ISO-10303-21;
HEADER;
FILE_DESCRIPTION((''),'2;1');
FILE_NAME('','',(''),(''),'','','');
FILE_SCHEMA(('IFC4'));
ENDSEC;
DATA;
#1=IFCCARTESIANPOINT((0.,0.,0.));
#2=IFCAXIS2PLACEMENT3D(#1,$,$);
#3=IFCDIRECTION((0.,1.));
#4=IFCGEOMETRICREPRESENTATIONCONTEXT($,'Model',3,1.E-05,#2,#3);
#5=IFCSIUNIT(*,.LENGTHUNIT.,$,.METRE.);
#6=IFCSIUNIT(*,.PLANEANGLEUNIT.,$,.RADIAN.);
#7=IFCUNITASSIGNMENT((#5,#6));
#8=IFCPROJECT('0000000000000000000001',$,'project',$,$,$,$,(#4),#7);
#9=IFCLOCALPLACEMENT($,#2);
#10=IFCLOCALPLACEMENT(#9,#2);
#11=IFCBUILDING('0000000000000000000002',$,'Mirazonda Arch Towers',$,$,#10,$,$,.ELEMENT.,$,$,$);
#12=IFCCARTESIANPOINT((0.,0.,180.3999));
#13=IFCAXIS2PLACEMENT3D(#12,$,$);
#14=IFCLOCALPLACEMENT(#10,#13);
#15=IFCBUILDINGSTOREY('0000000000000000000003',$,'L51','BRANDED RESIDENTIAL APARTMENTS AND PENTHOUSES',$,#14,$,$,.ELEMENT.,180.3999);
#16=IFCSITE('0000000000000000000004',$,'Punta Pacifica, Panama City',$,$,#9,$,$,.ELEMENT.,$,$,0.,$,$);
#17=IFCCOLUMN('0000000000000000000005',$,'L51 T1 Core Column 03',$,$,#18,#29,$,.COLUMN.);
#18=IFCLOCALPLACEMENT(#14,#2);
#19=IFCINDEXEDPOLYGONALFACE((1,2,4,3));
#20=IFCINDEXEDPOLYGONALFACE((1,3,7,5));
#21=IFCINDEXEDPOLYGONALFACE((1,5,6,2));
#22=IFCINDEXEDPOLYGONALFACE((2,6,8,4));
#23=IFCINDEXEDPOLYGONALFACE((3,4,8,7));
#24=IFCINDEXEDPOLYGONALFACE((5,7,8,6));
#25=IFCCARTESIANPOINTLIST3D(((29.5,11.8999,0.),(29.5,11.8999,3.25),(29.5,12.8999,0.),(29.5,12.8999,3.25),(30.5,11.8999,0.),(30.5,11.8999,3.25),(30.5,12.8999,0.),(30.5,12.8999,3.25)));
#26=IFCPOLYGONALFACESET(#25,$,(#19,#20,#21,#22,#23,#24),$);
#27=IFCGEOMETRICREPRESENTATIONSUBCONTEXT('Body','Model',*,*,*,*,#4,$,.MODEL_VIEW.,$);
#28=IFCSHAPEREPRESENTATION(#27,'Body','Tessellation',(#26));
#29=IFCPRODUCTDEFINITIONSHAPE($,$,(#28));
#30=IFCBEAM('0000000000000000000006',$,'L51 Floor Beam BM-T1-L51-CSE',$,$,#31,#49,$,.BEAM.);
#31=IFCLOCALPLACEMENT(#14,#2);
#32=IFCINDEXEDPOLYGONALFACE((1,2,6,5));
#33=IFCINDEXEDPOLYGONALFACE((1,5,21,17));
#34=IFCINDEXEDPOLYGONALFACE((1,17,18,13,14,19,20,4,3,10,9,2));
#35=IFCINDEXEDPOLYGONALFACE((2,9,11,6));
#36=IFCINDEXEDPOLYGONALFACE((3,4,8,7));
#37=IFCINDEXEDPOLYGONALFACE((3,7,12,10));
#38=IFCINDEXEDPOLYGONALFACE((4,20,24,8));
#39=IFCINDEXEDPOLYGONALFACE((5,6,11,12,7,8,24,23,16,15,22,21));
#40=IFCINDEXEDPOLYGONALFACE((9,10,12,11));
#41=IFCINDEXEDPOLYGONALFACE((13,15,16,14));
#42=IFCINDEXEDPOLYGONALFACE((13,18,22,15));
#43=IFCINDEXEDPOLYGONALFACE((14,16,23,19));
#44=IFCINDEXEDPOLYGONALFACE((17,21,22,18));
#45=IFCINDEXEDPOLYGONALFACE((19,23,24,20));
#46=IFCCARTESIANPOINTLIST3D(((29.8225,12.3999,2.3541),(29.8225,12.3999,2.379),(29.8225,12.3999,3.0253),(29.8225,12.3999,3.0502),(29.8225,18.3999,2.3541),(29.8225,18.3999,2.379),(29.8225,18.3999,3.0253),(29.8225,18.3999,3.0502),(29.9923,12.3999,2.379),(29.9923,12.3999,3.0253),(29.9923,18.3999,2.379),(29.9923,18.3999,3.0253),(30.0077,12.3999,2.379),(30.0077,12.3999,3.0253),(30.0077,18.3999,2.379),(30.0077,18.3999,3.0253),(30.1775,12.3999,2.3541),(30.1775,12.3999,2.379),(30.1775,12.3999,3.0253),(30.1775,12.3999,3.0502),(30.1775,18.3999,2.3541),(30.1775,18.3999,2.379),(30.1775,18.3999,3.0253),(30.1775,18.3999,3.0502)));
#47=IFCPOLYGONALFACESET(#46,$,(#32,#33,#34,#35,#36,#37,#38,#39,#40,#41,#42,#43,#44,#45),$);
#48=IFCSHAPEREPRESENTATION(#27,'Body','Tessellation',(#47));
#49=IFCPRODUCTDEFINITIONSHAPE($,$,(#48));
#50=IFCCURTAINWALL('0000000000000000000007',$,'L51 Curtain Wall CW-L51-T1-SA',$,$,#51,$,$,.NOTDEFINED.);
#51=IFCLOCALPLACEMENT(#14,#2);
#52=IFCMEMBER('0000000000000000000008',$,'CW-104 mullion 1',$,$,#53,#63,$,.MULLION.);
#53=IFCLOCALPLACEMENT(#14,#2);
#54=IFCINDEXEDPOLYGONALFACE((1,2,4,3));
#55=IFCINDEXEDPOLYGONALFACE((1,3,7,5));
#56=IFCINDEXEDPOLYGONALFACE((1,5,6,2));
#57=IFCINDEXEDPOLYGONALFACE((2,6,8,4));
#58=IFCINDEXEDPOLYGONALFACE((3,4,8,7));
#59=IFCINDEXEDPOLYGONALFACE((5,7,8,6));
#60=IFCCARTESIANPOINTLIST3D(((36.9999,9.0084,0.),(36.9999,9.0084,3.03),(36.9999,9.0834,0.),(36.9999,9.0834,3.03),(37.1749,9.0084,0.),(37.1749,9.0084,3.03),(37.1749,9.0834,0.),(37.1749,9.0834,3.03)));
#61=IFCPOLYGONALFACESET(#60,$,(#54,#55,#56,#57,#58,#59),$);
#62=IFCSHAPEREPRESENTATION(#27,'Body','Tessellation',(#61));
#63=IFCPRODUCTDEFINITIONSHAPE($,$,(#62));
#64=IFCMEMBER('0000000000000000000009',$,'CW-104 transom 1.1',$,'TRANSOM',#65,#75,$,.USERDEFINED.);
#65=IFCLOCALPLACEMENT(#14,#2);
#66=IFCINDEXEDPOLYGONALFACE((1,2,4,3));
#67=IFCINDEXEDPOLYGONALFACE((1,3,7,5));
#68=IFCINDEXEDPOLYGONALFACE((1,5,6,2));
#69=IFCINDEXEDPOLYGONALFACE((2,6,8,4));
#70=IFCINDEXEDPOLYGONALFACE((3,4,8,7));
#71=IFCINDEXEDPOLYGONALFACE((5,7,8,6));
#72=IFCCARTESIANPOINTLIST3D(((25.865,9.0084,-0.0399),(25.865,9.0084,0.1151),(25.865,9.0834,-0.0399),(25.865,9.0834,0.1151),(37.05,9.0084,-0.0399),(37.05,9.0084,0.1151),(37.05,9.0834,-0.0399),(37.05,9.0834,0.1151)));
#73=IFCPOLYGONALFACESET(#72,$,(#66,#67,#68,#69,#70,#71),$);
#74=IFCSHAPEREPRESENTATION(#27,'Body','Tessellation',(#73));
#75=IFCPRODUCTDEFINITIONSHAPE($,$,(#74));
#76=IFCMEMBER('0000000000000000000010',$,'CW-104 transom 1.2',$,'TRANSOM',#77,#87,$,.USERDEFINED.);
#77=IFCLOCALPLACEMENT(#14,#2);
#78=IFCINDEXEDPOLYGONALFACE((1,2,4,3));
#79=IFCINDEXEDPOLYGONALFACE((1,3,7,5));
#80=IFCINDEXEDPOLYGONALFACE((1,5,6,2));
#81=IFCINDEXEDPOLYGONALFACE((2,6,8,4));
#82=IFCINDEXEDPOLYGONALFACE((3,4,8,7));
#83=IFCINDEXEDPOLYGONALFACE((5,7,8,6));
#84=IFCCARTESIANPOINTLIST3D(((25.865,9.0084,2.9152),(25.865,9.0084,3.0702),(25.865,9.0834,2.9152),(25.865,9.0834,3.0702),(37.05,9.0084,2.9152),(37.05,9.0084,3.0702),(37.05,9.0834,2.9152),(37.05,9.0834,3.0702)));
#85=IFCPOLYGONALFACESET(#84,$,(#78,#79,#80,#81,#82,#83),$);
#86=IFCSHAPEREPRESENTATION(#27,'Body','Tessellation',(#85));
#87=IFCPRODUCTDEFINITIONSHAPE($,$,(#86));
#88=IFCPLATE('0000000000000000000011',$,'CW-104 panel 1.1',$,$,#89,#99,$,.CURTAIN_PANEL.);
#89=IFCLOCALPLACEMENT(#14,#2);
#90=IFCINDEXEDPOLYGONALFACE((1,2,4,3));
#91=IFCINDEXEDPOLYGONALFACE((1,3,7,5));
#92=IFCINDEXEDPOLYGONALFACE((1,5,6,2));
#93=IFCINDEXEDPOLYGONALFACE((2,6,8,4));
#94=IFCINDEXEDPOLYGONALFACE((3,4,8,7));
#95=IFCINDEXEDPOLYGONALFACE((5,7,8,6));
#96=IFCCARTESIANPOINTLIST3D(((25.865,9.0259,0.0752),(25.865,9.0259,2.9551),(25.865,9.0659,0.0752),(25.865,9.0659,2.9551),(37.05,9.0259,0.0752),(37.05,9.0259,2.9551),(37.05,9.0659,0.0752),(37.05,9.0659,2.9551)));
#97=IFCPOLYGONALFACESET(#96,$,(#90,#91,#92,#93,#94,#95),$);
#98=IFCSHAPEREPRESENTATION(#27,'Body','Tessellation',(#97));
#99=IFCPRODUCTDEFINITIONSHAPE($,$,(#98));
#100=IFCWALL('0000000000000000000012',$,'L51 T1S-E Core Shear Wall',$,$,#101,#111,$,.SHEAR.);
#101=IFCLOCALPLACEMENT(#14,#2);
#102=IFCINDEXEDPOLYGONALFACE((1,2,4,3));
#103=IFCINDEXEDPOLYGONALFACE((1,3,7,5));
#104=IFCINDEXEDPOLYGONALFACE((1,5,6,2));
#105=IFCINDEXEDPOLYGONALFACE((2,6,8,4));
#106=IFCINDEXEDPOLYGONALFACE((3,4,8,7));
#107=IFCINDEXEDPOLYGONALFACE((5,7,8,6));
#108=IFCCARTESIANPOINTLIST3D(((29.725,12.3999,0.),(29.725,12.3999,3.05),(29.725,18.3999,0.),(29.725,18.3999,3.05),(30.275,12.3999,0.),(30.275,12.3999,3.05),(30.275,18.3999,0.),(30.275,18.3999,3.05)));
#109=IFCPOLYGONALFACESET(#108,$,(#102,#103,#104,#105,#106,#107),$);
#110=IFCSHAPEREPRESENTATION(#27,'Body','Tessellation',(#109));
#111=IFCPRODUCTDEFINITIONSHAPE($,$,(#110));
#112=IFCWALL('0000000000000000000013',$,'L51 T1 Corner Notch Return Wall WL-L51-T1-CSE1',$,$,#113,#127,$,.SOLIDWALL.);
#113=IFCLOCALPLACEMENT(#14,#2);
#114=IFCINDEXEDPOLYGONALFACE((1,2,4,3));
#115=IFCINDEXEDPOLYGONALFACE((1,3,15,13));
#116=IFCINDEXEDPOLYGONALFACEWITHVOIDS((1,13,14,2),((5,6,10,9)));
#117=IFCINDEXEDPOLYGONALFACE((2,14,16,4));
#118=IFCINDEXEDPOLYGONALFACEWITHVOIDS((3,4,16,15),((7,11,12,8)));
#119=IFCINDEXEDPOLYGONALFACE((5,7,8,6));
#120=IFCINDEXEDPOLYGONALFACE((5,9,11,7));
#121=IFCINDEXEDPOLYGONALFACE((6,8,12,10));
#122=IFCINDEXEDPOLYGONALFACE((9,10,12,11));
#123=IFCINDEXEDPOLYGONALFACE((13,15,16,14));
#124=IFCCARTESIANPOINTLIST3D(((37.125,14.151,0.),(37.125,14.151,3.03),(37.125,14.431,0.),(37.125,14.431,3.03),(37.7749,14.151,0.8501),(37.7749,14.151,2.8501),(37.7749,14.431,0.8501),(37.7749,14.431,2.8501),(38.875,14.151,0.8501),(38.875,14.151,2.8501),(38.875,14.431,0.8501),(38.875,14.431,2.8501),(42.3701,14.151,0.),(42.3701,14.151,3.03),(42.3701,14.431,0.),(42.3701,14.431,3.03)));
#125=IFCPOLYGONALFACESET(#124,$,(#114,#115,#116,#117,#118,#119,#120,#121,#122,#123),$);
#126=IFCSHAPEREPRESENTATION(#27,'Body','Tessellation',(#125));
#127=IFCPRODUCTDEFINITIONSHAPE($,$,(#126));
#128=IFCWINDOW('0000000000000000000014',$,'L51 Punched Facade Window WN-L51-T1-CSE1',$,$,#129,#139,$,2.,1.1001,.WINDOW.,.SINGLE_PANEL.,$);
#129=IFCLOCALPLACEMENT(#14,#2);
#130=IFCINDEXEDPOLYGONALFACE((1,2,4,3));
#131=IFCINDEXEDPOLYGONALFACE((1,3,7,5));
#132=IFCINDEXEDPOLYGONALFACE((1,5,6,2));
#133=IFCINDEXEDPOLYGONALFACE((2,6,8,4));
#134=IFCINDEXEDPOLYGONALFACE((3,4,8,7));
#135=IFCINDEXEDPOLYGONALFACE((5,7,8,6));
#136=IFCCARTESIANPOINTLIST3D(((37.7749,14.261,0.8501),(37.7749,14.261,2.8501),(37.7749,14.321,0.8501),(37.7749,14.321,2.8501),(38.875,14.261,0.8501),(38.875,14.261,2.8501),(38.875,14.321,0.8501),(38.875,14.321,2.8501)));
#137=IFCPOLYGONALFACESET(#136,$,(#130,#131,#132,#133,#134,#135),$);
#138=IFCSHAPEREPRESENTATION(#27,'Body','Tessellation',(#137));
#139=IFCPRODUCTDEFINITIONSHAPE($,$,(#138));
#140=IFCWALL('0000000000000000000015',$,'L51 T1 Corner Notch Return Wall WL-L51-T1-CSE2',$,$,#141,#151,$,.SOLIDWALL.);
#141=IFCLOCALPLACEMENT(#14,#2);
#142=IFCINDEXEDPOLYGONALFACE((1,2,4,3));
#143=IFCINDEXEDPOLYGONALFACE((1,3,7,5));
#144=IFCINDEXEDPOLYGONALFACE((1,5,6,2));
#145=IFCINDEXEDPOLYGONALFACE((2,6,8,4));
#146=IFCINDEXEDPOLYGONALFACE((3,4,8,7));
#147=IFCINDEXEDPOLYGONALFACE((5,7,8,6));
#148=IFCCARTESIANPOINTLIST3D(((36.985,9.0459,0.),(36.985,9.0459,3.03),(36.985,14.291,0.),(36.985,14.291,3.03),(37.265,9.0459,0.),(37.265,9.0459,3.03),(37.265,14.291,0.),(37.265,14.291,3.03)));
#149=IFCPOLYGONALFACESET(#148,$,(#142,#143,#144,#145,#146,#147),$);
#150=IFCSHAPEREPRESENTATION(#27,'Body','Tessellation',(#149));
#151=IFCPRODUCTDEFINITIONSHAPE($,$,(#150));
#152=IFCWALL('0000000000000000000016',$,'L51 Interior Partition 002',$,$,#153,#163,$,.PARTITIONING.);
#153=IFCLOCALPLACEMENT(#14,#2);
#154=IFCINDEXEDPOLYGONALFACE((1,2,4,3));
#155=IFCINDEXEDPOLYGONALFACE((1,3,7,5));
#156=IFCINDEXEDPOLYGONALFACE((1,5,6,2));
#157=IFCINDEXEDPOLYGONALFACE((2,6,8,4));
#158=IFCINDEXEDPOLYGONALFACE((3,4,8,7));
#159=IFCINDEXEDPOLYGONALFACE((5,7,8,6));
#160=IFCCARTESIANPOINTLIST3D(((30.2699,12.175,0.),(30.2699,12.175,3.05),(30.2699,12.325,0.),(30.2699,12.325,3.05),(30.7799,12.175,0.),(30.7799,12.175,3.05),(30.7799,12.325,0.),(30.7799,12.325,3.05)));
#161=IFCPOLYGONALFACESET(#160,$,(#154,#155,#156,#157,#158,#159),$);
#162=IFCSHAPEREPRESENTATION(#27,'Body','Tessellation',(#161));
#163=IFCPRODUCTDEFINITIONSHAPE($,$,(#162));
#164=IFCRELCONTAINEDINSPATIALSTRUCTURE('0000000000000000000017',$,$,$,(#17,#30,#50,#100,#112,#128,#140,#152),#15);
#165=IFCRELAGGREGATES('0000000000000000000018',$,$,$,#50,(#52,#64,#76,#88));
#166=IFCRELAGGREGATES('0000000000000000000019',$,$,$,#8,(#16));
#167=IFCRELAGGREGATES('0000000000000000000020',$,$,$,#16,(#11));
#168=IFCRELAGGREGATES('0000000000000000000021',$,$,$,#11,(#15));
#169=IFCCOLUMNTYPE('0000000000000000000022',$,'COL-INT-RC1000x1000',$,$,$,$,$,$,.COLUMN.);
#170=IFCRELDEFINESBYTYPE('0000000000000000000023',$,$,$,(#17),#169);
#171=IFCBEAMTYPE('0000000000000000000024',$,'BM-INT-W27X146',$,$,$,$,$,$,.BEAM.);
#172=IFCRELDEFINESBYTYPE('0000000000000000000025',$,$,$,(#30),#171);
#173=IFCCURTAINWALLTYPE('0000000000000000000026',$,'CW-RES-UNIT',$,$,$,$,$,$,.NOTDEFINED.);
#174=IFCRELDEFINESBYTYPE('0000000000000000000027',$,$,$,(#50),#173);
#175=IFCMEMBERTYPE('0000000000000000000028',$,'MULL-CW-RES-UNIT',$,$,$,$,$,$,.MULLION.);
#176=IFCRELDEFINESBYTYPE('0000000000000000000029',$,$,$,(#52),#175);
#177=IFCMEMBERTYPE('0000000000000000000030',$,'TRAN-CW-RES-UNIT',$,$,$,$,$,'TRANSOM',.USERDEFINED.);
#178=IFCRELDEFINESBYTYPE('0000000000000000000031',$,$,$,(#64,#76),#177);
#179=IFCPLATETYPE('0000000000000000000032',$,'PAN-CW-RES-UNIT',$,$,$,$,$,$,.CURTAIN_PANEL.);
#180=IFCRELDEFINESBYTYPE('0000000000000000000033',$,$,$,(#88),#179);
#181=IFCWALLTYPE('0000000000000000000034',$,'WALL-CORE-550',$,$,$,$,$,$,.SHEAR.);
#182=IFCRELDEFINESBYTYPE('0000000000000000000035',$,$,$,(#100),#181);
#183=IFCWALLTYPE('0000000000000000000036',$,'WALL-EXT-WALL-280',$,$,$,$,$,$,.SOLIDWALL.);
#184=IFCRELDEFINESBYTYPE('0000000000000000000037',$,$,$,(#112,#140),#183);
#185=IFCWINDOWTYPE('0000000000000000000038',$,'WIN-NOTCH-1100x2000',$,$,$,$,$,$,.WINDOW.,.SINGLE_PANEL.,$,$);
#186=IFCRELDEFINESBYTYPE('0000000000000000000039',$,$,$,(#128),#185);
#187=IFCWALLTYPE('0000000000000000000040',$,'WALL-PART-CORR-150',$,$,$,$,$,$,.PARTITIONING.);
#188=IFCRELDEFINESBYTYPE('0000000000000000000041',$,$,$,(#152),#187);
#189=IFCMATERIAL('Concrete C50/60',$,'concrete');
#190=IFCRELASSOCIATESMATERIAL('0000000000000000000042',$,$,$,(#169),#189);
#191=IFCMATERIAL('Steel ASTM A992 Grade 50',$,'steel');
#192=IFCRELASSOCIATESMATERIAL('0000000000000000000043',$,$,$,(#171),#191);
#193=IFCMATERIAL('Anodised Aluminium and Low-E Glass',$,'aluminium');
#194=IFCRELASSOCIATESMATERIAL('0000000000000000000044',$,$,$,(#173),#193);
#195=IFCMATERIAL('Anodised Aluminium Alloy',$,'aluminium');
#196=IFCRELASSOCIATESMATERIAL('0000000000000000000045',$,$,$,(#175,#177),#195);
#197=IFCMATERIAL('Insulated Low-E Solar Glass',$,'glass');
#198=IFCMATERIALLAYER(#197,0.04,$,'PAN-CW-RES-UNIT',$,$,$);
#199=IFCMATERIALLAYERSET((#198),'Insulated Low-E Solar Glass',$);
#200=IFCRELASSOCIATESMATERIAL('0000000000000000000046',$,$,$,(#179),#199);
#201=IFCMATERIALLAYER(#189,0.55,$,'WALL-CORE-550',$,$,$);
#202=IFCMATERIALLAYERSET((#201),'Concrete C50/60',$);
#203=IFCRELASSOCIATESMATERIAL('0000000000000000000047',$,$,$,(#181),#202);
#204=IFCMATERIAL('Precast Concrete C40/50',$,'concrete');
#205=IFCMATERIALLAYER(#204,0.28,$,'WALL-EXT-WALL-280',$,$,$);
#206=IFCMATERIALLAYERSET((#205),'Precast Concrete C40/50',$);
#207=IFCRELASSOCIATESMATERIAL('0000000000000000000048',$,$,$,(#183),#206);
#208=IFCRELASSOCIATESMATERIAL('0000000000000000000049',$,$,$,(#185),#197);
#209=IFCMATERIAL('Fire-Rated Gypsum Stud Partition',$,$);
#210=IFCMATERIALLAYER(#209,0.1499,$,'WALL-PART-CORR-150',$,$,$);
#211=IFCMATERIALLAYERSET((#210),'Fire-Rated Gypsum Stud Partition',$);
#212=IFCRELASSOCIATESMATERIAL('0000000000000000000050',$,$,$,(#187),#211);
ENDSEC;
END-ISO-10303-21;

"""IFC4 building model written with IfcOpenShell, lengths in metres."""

from ifc_helpers import new_model, si_unit, direction, frame, frame_2d, origin, origin_2d, place, context, subcontext, project, spatial, rectangle, i_section, extrude, material, layer, layer_set, material_profile, profile_set, type_object, element, fill, aggregate, save


model = new_model("IFC4")

# Units and contexts
model_context = context("Model", 3, precision=1e-05, world=origin(), true_north=direction((0.0, 1.0)))
body_context = subcontext(model_context, "Body", "Model", "MODEL_VIEW")
ifc_project = project(units=[si_unit("LENGTHUNIT", "METRE"), si_unit("PLANEANGLEUNIT", "RADIAN")], contexts=[model_context])

# Site, building, storey
site_placement = place(None, origin())
site = spatial("IfcSite", under=ifc_project, at=site_placement, Name="Punta Pacifica, Panama City", CompositionType="ELEMENT", RefElevation=0.0)
building_placement = place(site_placement, origin())
building = spatial("IfcBuilding", under=site, at=building_placement, Name="Mirazonda Arch Towers", CompositionType="ELEMENT")
storey_placement = place(building_placement, frame((0.0, 0.0, 180.3999)))
storey = spatial("IfcBuildingStorey", under=building, at=storey_placement, Name="L51", Description="BRANDED RESIDENTIAL APARTMENTS AND PENTHOUSES", CompositionType="ELEMENT", Elevation=180.3999)

# Column
ifc_material_1 = material(Name="Concrete C50/60", Category="concrete")
ifc_material_profile_1 = material_profile(ifc_material_1, rectangle(XDim=1.0, YDim=1.0, at=origin_2d()), Name="RC1000x1000")
ifc_profile_set_1 = profile_set([ifc_material_profile_1], Name="Concrete C50/60")
column_type = type_object("IfcColumnType", Name="COL-INT-RC1000x1000", PredefinedType="COLUMN", material=ifc_profile_set_1)
column_placement = place(storey_placement, frame((30.0, 12.3999, 0.0), z_axis=(0.0, 0.0, 1.0), x_axis=(1.0, 0.0, 0.0)))
element("IfcColumn", 1, at=column_placement, inside=storey, type_object=column_type, Name="L51 T1 Core Column 03", PredefinedType="COLUMN", context=body_context, shape_type="SweptSolid", body=[
    extrude(rectangle(XDim=1.0, YDim=1.0, at=origin_2d()), origin(), (0.0, 0.0, 1.0), 3.25),
])

# Beam
ifc_material_2 = material(Name="Steel ASTM A992 Grade 50", Category="steel")
ifc_material_profile_2 = material_profile(ifc_material_2, i_section(OverallWidth=0.355, OverallDepth=0.696, WebThickness=0.0154, FlangeThickness=0.0249, at=origin_2d()), Name="W27X146")
ifc_profile_set_2 = profile_set([ifc_material_profile_2], Name="Steel ASTM A992 Grade 50")
beam_type = type_object("IfcBeamType", Name="BM-INT-W27X146", PredefinedType="BEAM", material=ifc_profile_set_2)
beam_placement = place(storey_placement, frame((30.0, 12.3999, 2.7021), z_axis=(0.0, 1.0, 0.0), x_axis=(-1.0, 0.0, 0.0)))
element("IfcBeam", 2, at=beam_placement, inside=storey, type_object=beam_type, Name="L51 Floor Beam BM-T1-L51-CSE", PredefinedType="BEAM", context=body_context, shape_type="SweptSolid", body=[
    extrude(i_section(OverallWidth=0.355, OverallDepth=0.696, WebThickness=0.0154, FlangeThickness=0.0249, at=origin_2d()), origin(), (0.0, 0.0, 1.0), 6.0),
])

# Curtain wall, members, plate
ifc_material_3 = material(Name="Anodised Aluminium and Low-E Glass", Category="aluminium")
curtain_wall_type = type_object("IfcCurtainWallType", Name="CW-RES-UNIT", PredefinedType="NOTDEFINED", material=ifc_material_3)
curtain_wall_placement = place(storey_placement, origin())
curtain_wall = element("IfcCurtainWall", 3, at=curtain_wall_placement, inside=storey, type_object=curtain_wall_type, Name="L51 Curtain Wall CW-L51-T1-SA", PredefinedType="NOTDEFINED")
ifc_material_4 = material(Name="Anodised Aluminium Alloy", Category="aluminium")
ifc_material_profile_3 = material_profile(ifc_material_4, rectangle(XDim=0.075, YDim=0.175, at=origin_2d()), Name="ALU-MULL-75x175")
ifc_profile_set_3 = profile_set([ifc_material_profile_3], Name="Anodised Aluminium Alloy")
member_type_1 = type_object("IfcMemberType", Name="MULL-CW-RES-UNIT", PredefinedType="MULLION", material=ifc_profile_set_3)
member_1_placement = place(storey_placement, frame((37.0874, 9.0459, 0.0), z_axis=(0.0, 0.0, 1.0), x_axis=(0.0, -1.0, 0.0)))
member_1 = element("IfcMember", 4, at=member_1_placement, type_object=member_type_1, Name="CW-104 mullion 1", PredefinedType="MULLION", context=body_context, shape_type="SweptSolid", body=[
    extrude(rectangle(XDim=0.075, YDim=0.175, at=origin_2d()), origin(), (0.0, 0.0, 1.0), 3.03),
])
ifc_material_profile_4 = material_profile(ifc_material_4, rectangle(XDim=0.075, YDim=0.155, at=origin_2d()), Name="ALU-TRAN-75x155")
ifc_profile_set_4 = profile_set([ifc_material_profile_4], Name="Anodised Aluminium Alloy")
member_type_2 = type_object("IfcMemberType", Name="TRAN-CW-RES-UNIT", ElementType="TRANSOM", PredefinedType="USERDEFINED", material=ifc_profile_set_4)
member_2_placement = place(storey_placement, frame((37.05, 9.0459, 0.0376), z_axis=(-1.0, 0.0, 0.0), x_axis=(0.0, -1.0, 0.0)))
member_2 = element("IfcMember", 5, at=member_2_placement, type_object=member_type_2, Name="CW-104 transom 1.1", ObjectType="TRANSOM", PredefinedType="USERDEFINED", context=body_context, shape_type="SweptSolid", body=[
    extrude(rectangle(XDim=0.075, YDim=0.155, at=origin_2d()), origin(), (0.0, 0.0, 1.0), 11.1851),
])
member_3_placement = place(storey_placement, frame((37.05, 9.0459, 2.9927), z_axis=(-1.0, 0.0, 0.0), x_axis=(0.0, -1.0, 0.0)))
member_3 = element("IfcMember", 6, at=member_3_placement, type_object=member_type_2, Name="CW-104 transom 1.2", ObjectType="TRANSOM", PredefinedType="USERDEFINED", context=body_context, shape_type="SweptSolid", body=[
    extrude(rectangle(XDim=0.075, YDim=0.155, at=origin_2d()), origin(), (0.0, 0.0, 1.0), 11.1851),
])
ifc_material_5 = material(Name="Insulated Low-E Solar Glass", Category="glass")
ifc_layer_1 = layer(ifc_material_5, 0.04, Name="PAN-CW-RES-UNIT")
ifc_layer_set_1 = layer_set([ifc_layer_1], Name="Insulated Low-E Solar Glass")
plate_type = type_object("IfcPlateType", Name="PAN-CW-RES-UNIT", PredefinedType="CURTAIN_PANEL", material=ifc_layer_set_1)
plate_placement = place(storey_placement, frame((31.4575, 9.0459, 0.0752), z_axis=(0.0, 0.0, 1.0), x_axis=(-1.0, 0.0, 0.0)))
plate = element("IfcPlate", 7, at=plate_placement, type_object=plate_type, Name="CW-104 panel 1.1", PredefinedType="CURTAIN_PANEL", context=body_context, shape_type="SweptSolid", body=[
    extrude(rectangle(XDim=11.1851, YDim=0.04, at=origin_2d()), origin(), (0.0, 0.0, 1.0), 2.8799),
])
aggregate(curtain_wall, [member_1, member_2, member_3, plate])

# Wall
ifc_layer_2 = layer(ifc_material_1, 0.55, Name="WALL-CORE-550")
ifc_layer_set_2 = layer_set([ifc_layer_2], Name="Concrete C50/60")
wall_type_1 = type_object("IfcWallType", Name="WALL-CORE-550", PredefinedType="SHEAR", material=ifc_layer_set_2)
wall_1_placement = place(storey_placement, frame((30.0, 12.3999, 0.0), z_axis=(0.0, 0.0, 1.0), x_axis=(0.0, 1.0, 0.0)))
element("IfcWall", 8, at=wall_1_placement, inside=storey, type_object=wall_type_1, Name="L51 T1S-E Core Shear Wall", PredefinedType="SHEAR", context=body_context, shape_type="SweptSolid", body=[
    extrude(rectangle(XDim=6.0, YDim=0.55, at=frame_2d((3.0, 0.0))), origin(), (0.0, 0.0, 1.0), 3.05),
])

# Wall, opening, window
ifc_material_6 = material(Name="Precast Concrete C40/50", Category="concrete")
ifc_layer_3 = layer(ifc_material_6, 0.28, Name="WALL-EXT-WALL-280")
ifc_layer_set_3 = layer_set([ifc_layer_3], Name="Precast Concrete C40/50")
wall_type_2 = type_object("IfcWallType", Name="WALL-EXT-WALL-280", PredefinedType="SOLIDWALL", material=ifc_layer_set_3)
wall_2_placement = place(storey_placement, frame((37.125, 14.291, 0.0), z_axis=(0.0, 0.0, 1.0), x_axis=(1.0, 0.0, 0.0)))
wall_2 = element("IfcWall", 9, at=wall_2_placement, inside=storey, type_object=wall_type_2, Name="L51 T1 Corner Notch Return Wall WL-L51-T1-CSE1", PredefinedType="SOLIDWALL", context=body_context, shape_type="SweptSolid", body=[
    extrude(rectangle(XDim=5.2451, YDim=0.28, at=frame_2d((2.6226, 0.0))), origin(), (0.0, 0.0, 1.0), 3.03),
])
opening_1_placement = place(wall_2_placement, frame((0.6499, 0.0, 0.8501)))
opening_1 = element("IfcOpeningElement", 10, at=opening_1_placement, cuts=wall_2, PredefinedType="OPENING", context=body_context, shape_type="SweptSolid", body=[
    extrude(rectangle(XDim=1.1001, YDim=2.0, at=frame_2d((0.55, 1.0))), frame((0.0, 0.1499, 0.0), z_axis=(0.0, -1.0, 0.0), x_axis=(1.0, 0.0, 0.0)), (0.0, 0.0, 1.0), 0.3),
])
window_type = type_object("IfcWindowType", Name="WIN-NOTCH-1100x2000", PartitioningType="SINGLE_PANEL", PredefinedType="WINDOW", material=ifc_material_5)
window_placement = place(opening_1_placement, origin())
window = element("IfcWindow", 11, at=window_placement, inside=storey, type_object=window_type, Name="L51 Punched Facade Window WN-L51-T1-CSE1", OverallHeight=2.0, OverallWidth=1.1001, PartitioningType="SINGLE_PANEL", PredefinedType="WINDOW", context=body_context, shape_type="SweptSolid", body=[
    extrude(rectangle(XDim=1.1001, YDim=2.0, at=frame_2d((0.55, 1.0))), frame((0.0, 0.03, 0.0), z_axis=(0.0, -1.0, 0.0), x_axis=(1.0, 0.0, 0.0)), (0.0, 0.0, 1.0), 0.0601),
])
fill(opening_1, window)

# Walls
wall_3_placement = place(storey_placement, frame((37.125, 9.0459, 0.0), z_axis=(0.0, 0.0, 1.0), x_axis=(0.0, 1.0, 0.0)))
element("IfcWall", 12, at=wall_3_placement, inside=storey, type_object=wall_type_2, Name="L51 T1 Corner Notch Return Wall WL-L51-T1-CSE2", PredefinedType="SOLIDWALL", context=body_context, shape_type="SweptSolid", body=[
    extrude(rectangle(XDim=5.2451, YDim=0.28, at=frame_2d((2.6226, 0.0))), origin(), (0.0, 0.0, 1.0), 3.03),
])
ifc_material_7 = material(Name="Fire-Rated Gypsum Stud Partition")
ifc_layer_4 = layer(ifc_material_7, 0.1499, Name="WALL-PART-CORR-150")
ifc_layer_set_4 = layer_set([ifc_layer_4], Name="Fire-Rated Gypsum Stud Partition")
wall_type_3 = type_object("IfcWallType", Name="WALL-PART-CORR-150", PredefinedType="PARTITIONING", material=ifc_layer_set_4)
wall_4_placement = place(storey_placement, frame((30.27, 12.25, 0.0), z_axis=(0.0, 0.0, 1.0), x_axis=(1.0, 0.0, 0.0)))
element("IfcWall", 13, at=wall_4_placement, inside=storey, type_object=wall_type_3, Name="L51 Interior Partition 002", PredefinedType="PARTITIONING", context=body_context, shape_type="SweptSolid", body=[
    extrude(rectangle(XDim=0.51, YDim=0.1499, at=frame_2d((0.2549, 0.0))), origin(), (0.0, 0.0, 1.0), 3.05),
])

save(model, "model.ifc")
